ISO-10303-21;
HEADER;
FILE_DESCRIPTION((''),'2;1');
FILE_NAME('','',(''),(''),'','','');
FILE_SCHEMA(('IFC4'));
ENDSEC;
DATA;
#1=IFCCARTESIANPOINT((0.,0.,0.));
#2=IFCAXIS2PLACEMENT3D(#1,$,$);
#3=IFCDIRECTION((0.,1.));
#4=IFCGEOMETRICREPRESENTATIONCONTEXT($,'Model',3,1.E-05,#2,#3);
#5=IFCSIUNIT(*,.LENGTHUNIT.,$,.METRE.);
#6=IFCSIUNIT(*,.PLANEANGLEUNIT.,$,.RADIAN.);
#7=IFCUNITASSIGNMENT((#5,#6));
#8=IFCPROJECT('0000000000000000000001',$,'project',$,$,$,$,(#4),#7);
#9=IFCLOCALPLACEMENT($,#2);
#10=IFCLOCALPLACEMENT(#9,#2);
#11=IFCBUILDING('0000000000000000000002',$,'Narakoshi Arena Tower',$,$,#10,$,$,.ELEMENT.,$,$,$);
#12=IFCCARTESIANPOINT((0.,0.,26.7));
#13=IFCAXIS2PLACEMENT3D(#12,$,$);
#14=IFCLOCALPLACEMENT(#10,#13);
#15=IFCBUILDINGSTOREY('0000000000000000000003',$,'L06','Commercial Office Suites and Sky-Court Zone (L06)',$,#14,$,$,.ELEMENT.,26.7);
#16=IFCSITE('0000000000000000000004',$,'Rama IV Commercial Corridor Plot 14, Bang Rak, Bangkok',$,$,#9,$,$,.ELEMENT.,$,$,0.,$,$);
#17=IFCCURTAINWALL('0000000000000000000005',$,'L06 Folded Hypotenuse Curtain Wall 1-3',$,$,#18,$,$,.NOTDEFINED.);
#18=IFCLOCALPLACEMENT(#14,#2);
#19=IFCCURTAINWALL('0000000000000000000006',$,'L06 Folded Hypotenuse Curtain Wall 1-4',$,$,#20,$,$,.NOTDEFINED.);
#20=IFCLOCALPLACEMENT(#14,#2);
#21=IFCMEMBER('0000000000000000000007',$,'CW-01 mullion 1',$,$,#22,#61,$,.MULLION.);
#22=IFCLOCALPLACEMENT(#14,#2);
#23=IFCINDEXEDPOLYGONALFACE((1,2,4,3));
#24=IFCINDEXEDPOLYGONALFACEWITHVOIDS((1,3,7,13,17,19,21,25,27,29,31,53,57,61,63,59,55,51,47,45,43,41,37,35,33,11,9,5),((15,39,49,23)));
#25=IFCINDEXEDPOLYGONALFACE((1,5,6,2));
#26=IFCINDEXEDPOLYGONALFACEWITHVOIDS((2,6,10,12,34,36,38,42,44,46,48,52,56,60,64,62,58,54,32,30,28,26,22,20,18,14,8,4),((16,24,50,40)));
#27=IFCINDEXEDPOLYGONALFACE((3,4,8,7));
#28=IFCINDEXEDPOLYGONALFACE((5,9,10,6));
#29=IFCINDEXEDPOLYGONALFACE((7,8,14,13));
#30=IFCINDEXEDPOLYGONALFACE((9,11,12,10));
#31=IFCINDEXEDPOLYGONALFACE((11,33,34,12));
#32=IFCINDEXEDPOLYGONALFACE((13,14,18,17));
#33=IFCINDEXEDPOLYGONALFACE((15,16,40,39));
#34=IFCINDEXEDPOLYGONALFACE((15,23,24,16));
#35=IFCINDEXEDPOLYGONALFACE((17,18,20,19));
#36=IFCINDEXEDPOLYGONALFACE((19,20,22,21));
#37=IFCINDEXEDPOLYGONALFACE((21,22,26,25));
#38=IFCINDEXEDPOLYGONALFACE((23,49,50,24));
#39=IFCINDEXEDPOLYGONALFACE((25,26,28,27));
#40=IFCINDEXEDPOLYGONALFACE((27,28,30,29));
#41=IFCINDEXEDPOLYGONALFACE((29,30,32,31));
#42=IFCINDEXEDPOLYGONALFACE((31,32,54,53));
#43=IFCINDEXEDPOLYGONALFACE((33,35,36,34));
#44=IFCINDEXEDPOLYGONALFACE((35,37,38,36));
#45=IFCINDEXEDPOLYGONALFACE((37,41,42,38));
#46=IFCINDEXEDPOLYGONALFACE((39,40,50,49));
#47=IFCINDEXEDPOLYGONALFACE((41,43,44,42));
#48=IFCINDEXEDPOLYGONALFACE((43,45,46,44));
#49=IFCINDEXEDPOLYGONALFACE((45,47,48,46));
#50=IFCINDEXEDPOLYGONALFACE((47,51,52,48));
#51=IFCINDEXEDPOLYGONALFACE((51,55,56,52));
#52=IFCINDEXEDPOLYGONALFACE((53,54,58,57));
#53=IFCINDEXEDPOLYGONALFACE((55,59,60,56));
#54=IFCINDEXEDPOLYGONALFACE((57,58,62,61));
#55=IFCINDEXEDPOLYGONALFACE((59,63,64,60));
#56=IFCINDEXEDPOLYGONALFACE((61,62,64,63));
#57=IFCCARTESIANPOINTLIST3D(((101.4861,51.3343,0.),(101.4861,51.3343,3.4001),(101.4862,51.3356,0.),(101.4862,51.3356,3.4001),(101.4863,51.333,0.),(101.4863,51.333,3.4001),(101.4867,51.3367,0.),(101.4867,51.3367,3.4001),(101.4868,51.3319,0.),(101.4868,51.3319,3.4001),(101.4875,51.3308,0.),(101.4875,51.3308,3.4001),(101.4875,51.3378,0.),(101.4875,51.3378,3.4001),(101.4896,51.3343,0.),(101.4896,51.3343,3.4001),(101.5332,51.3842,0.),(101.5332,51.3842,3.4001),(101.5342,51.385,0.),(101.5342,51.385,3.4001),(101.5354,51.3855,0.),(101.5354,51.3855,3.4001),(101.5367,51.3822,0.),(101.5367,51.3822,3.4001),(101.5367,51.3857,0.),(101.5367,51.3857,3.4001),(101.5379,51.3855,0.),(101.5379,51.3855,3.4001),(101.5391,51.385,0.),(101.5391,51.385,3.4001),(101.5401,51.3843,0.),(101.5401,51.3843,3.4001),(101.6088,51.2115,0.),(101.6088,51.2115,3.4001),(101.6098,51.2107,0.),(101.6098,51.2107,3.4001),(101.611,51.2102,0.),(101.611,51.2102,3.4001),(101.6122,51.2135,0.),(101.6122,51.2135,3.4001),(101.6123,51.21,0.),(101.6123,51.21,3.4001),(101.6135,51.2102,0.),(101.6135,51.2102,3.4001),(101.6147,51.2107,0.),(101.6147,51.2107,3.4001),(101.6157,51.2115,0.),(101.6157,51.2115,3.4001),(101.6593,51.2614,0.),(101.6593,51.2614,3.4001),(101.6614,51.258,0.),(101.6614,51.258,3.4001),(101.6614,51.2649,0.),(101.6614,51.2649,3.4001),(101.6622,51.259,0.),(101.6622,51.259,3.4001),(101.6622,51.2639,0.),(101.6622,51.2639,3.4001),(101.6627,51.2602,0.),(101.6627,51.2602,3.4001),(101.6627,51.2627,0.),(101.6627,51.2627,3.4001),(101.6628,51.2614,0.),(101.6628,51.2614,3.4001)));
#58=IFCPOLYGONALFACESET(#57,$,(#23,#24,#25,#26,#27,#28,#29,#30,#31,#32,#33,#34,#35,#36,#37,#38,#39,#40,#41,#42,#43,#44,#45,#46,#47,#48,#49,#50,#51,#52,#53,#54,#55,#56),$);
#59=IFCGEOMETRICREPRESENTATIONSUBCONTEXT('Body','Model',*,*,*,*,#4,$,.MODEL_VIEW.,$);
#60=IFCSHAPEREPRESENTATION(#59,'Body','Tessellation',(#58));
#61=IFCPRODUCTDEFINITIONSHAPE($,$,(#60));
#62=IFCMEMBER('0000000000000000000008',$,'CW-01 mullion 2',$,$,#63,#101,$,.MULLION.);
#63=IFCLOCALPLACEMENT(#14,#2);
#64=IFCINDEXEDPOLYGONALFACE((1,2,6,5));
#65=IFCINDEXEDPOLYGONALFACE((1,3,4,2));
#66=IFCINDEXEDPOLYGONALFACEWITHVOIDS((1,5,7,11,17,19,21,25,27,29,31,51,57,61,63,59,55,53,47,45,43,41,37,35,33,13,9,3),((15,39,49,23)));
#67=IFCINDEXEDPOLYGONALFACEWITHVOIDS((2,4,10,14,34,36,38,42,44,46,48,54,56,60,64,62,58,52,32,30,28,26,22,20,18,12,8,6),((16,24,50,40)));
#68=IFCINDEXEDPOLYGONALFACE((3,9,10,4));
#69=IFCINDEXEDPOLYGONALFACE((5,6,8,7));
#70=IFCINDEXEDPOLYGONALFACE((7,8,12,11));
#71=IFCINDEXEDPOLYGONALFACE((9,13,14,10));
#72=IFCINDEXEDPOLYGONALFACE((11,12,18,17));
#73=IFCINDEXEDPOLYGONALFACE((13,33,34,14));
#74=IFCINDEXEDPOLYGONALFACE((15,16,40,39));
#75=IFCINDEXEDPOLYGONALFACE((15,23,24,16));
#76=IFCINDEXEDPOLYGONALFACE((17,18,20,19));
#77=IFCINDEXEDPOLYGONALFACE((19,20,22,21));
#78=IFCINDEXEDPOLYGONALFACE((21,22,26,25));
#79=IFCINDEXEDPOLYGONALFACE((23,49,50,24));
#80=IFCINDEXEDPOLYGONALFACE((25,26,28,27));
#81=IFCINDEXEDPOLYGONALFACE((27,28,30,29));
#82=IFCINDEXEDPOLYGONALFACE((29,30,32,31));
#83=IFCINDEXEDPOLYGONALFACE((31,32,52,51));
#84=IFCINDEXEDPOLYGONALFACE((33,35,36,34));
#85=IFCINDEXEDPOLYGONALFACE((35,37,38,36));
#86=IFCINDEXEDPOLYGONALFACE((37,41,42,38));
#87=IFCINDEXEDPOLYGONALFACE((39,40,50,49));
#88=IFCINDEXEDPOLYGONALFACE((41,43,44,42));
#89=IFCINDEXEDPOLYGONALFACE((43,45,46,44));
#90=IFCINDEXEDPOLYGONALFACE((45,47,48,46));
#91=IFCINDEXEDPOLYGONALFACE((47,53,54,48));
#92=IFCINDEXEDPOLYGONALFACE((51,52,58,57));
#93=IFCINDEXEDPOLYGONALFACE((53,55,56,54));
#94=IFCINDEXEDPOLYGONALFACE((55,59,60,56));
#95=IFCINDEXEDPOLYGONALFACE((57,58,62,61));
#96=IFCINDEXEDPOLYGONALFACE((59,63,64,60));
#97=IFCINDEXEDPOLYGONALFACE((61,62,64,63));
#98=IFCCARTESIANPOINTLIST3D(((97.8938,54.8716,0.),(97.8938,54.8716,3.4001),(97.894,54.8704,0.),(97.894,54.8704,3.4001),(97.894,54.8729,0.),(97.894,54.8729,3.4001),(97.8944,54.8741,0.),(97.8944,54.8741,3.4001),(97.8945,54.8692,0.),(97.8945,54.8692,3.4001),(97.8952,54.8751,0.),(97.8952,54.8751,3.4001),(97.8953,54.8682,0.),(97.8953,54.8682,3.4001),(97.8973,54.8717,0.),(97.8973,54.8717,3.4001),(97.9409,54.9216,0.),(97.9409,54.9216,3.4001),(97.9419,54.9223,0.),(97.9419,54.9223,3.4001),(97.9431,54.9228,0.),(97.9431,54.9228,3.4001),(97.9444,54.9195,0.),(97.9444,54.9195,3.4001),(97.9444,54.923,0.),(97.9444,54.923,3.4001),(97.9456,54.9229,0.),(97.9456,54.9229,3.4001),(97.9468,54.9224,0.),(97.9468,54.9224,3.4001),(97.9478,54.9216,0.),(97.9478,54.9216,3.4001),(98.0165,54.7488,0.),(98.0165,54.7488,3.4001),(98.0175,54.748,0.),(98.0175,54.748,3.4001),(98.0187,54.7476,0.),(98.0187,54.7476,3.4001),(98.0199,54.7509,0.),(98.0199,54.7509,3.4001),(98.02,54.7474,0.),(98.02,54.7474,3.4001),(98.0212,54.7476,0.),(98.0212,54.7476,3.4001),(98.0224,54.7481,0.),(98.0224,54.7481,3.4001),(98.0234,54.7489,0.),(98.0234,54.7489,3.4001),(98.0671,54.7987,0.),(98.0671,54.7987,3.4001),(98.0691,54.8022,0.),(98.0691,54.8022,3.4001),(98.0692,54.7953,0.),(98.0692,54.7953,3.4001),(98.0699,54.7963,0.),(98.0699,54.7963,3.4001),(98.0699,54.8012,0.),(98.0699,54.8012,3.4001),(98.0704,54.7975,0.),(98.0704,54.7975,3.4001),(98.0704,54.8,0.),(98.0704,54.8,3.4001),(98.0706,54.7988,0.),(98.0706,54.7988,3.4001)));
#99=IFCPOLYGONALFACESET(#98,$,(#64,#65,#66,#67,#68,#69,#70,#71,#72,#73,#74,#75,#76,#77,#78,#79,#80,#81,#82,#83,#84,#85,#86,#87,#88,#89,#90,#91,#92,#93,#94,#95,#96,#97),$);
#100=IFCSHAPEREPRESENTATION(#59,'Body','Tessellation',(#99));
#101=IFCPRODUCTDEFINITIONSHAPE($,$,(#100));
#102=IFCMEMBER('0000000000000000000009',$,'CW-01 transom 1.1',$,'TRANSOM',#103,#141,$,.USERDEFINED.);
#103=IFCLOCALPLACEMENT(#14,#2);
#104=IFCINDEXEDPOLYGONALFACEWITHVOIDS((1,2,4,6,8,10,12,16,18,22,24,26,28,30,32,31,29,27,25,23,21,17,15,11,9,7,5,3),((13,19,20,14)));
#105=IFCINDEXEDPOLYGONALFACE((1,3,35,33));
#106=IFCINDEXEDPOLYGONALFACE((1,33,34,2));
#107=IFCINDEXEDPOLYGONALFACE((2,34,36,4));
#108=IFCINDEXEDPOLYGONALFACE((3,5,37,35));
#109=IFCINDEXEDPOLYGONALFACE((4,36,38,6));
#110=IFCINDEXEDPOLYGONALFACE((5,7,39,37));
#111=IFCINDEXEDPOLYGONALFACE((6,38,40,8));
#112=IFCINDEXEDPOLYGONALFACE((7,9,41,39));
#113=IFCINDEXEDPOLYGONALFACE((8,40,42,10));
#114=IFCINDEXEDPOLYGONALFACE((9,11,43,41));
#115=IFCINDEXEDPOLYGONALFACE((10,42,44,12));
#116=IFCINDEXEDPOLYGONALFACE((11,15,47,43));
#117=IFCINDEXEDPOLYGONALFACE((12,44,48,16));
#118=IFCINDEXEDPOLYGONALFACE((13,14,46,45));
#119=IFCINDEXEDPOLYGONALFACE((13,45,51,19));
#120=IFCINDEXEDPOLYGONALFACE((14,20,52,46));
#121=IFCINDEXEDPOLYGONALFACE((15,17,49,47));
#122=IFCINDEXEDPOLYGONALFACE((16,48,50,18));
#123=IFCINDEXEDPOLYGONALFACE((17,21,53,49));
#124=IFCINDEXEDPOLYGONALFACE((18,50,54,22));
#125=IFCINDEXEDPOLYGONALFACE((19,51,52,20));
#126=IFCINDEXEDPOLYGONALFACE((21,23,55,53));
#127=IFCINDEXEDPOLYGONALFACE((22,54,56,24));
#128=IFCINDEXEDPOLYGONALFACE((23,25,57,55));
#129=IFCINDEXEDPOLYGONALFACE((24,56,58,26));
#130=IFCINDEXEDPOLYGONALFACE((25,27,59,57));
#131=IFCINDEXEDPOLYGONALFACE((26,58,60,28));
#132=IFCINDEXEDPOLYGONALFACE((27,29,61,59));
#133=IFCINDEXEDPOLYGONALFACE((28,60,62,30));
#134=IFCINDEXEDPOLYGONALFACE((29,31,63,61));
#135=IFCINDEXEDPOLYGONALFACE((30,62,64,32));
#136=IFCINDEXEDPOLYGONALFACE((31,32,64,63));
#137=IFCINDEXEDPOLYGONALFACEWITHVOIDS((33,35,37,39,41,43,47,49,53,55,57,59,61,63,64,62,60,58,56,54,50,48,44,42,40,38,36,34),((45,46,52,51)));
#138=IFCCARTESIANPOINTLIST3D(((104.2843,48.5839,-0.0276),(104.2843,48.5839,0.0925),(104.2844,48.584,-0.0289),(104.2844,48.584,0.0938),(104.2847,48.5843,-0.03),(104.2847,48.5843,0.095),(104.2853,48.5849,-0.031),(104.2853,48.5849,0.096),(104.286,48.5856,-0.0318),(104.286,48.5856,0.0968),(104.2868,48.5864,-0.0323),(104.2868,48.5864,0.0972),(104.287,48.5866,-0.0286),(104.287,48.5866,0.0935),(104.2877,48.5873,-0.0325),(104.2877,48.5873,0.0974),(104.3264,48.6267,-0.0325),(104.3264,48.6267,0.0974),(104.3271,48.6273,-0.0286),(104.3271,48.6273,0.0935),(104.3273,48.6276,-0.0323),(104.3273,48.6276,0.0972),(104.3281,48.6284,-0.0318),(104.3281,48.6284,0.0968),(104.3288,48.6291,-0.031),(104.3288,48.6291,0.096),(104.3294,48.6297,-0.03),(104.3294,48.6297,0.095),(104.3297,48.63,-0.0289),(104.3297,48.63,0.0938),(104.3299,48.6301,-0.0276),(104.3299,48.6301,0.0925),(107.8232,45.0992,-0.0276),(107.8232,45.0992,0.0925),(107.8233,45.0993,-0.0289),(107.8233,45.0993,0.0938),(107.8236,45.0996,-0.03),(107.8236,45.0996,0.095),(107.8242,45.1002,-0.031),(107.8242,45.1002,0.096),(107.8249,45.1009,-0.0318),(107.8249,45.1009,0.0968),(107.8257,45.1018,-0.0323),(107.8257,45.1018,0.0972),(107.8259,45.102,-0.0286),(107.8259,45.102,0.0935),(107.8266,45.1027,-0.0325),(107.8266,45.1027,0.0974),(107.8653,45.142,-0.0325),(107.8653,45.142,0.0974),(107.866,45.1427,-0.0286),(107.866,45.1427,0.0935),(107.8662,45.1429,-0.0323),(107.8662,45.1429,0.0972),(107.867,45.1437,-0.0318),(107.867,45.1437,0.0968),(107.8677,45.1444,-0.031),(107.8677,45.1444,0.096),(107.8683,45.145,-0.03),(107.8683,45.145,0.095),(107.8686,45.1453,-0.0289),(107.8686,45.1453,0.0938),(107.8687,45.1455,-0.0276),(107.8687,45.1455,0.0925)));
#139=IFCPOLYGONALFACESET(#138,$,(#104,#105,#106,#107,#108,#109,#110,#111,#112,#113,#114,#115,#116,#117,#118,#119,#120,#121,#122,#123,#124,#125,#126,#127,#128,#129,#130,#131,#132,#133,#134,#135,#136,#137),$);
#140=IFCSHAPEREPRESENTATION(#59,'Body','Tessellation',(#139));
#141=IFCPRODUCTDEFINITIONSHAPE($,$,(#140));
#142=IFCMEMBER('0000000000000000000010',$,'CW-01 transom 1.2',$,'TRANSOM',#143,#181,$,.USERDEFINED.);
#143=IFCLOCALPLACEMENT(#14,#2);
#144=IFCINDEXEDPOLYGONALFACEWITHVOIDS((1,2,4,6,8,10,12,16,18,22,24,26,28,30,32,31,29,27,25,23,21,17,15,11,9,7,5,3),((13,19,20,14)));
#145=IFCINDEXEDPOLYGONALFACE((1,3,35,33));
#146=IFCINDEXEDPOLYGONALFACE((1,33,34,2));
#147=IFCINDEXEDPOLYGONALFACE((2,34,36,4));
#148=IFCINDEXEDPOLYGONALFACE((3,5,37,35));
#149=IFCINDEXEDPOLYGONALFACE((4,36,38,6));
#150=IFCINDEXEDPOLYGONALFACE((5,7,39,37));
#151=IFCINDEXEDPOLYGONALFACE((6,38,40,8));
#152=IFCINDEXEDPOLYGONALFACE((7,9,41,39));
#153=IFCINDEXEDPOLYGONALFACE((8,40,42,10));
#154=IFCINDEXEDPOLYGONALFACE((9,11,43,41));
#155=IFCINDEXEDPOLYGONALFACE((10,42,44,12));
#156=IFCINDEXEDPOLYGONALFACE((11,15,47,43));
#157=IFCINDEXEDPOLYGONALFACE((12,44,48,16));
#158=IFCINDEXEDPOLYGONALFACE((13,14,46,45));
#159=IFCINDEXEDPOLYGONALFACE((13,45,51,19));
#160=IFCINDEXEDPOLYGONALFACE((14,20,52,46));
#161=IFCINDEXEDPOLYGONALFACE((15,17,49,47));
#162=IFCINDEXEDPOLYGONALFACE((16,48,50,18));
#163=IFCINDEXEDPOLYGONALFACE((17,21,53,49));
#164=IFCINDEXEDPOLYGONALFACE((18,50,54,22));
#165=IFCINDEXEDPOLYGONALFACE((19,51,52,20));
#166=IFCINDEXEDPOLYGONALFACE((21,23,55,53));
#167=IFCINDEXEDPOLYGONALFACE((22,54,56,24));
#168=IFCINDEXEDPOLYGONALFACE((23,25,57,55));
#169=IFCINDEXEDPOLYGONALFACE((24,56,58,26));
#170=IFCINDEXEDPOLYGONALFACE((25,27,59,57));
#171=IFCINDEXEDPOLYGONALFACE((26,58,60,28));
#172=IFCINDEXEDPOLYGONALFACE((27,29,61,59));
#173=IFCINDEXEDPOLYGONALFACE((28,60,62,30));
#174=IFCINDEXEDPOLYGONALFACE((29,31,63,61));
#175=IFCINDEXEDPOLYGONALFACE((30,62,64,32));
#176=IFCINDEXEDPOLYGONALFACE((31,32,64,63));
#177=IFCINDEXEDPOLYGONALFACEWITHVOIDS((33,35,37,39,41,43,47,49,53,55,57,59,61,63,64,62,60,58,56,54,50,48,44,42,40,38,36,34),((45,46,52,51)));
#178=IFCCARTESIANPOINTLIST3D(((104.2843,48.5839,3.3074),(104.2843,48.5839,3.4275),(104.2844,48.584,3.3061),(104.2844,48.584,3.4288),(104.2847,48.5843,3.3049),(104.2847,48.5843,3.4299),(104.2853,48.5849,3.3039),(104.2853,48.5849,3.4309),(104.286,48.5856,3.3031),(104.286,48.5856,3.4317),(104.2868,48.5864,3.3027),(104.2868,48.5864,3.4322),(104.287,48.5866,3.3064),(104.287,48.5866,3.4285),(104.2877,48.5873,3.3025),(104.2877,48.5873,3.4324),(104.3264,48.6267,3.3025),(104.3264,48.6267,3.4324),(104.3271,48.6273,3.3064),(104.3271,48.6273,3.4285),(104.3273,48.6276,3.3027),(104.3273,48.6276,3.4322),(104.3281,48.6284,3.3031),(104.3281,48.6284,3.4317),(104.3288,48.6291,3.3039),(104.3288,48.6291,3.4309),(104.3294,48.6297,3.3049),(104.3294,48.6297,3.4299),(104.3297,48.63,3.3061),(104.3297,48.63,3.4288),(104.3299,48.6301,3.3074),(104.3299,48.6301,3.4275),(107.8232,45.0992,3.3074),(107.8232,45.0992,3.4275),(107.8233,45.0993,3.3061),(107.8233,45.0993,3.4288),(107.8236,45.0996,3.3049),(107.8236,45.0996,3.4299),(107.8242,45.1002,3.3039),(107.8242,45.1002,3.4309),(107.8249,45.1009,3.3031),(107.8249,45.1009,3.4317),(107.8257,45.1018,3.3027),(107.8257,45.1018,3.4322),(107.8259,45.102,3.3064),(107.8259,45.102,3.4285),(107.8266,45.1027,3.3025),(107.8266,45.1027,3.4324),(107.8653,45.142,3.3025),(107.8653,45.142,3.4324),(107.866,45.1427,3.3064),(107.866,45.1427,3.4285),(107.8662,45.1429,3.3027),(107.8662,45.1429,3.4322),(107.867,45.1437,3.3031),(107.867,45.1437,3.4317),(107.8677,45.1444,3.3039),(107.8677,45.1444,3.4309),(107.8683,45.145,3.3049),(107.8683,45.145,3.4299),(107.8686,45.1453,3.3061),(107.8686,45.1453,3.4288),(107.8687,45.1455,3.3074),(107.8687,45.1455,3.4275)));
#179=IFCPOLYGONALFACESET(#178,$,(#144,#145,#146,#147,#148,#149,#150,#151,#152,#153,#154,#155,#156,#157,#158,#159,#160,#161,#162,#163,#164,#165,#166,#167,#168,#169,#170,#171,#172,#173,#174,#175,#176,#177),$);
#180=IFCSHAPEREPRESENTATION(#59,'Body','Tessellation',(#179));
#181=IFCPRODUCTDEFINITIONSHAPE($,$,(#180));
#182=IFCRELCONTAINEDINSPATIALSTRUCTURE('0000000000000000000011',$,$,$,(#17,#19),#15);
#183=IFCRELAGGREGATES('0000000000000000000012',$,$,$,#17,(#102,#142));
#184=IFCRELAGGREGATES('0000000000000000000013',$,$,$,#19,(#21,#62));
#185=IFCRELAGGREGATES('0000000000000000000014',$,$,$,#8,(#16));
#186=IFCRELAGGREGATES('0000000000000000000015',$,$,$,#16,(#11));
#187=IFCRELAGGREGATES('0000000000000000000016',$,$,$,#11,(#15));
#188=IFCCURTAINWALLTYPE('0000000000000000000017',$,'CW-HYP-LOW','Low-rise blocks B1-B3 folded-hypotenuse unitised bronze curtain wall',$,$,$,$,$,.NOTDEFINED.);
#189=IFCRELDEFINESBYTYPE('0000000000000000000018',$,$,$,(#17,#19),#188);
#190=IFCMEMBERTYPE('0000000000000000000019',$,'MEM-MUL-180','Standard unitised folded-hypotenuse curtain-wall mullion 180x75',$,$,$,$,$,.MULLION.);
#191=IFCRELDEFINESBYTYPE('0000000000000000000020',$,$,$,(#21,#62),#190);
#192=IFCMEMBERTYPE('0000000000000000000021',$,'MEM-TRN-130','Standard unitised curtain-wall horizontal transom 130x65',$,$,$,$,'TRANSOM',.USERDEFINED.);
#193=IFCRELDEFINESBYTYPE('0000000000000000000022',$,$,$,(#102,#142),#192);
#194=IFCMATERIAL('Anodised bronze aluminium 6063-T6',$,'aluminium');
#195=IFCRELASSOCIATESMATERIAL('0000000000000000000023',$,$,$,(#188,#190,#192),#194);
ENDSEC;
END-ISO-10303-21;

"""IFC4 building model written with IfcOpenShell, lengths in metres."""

from ifc_helpers import new_model, si_unit, direction, frame, origin, origin_2d, place, context, subcontext, project, spatial, hollow_rectangle, extrude, material, material_profile, profile_set, type_object, element, aggregate, save


model = new_model("IFC4")

# Units and contexts
model_context = context("Model", 3, precision=1e-05, world=origin(), true_north=direction((0.0, 1.0)))
body_context = subcontext(model_context, "Body", "Model", "MODEL_VIEW")
ifc_project = project(units=[si_unit("LENGTHUNIT", "METRE"), si_unit("PLANEANGLEUNIT", "RADIAN")], contexts=[model_context])

# Site, building, storey
site_placement = place(None, origin())
site = spatial("IfcSite", under=ifc_project, at=site_placement, Name="Rama IV Commercial Corridor Plot 14, Bang Rak, Bangkok", CompositionType="ELEMENT", RefElevation=0.0)
building_placement = place(site_placement, origin())
building = spatial("IfcBuilding", under=site, at=building_placement, Name="Narakoshi Arena Tower", CompositionType="ELEMENT")
storey_placement = place(building_placement, frame((0.0, 0.0, 26.7)))
storey = spatial("IfcBuildingStorey", under=building, at=storey_placement, Name="L06", Description="Commercial Office Suites and Sky-Court Zone (L06)", CompositionType="ELEMENT", Elevation=26.7)

# Curtain walls, members
ifc_material_1 = material(Name="Anodised bronze aluminium 6063-T6", Category="aluminium")
curtain_wall_type = type_object("IfcCurtainWallType", Name="CW-HYP-LOW", Description="Low-rise blocks B1-B3 folded-hypotenuse unitised bronze curtain wall", PredefinedType="NOTDEFINED", material=ifc_material_1)
curtain_wall_1_placement = place(storey_placement, origin())
curtain_wall_1 = element("IfcCurtainWall", 1, at=curtain_wall_1_placement, inside=storey, type_object=curtain_wall_type, Name="L06 Folded Hypotenuse Curtain Wall 1-3", PredefinedType="NOTDEFINED")
ifc_material_profile_1 = material_profile(ifc_material_1, hollow_rectangle(XDim=0.075, YDim=0.1799, WallThickness=0.0039, OuterFilletRadius=0.0049, at=origin_2d()), Name="MUL180x75x4")
ifc_profile_set_1 = profile_set([ifc_material_profile_1], Name="Anodised bronze aluminium 6063-T6")
member_type_1 = type_object("IfcMemberType", Name="MEM-MUL-180", Description="Standard unitised folded-hypotenuse curtain-wall mullion 180x75", PredefinedType="MULLION", material=ifc_profile_set_1)
curtain_wall_2_placement = place(storey_placement, origin())
curtain_wall_2 = element("IfcCurtainWall", 2, at=curtain_wall_2_placement, inside=storey, type_object=curtain_wall_type, Name="L06 Folded Hypotenuse Curtain Wall 1-4", PredefinedType="NOTDEFINED")
member_1_placement = place(storey_placement, frame((101.5745, 51.2979, 0.0), z_axis=(0.0, 0.0, 1.0), x_axis=(-0.701633, -0.712539, 0.0)))
member_1 = element("IfcMember", 3, at=member_1_placement, type_object=member_type_1, Name="CW-01 mullion 1", PredefinedType="MULLION", context=body_context, shape_type="SweptSolid", body=[
    extrude(hollow_rectangle(XDim=0.075, YDim=0.1799, WallThickness=0.0039, OuterFilletRadius=0.0049, at=origin_2d()), origin(), (0.0, 0.0, 1.0), 3.4001),
])
member_2_placement = place(storey_placement, frame((97.9822, 54.8352, 0.0), z_axis=(0.0, 0.0, 1.0), x_axis=(-0.701633, -0.712539, 0.0)))
member_2 = element("IfcMember", 4, at=member_2_placement, type_object=member_type_1, Name="CW-01 mullion 2", PredefinedType="MULLION", context=body_context, shape_type="SweptSolid", body=[
    extrude(hollow_rectangle(XDim=0.075, YDim=0.1799, WallThickness=0.0039, OuterFilletRadius=0.0049, at=origin_2d()), origin(), (0.0, 0.0, 1.0), 3.4001),
])

# Members
ifc_material_profile_2 = material_profile(ifc_material_1, hollow_rectangle(XDim=0.0649, YDim=0.1299, WallThickness=0.0039, OuterFilletRadius=0.0049, at=origin_2d()), Name="TRN130x65x4")
ifc_profile_set_2 = profile_set([ifc_material_profile_2], Name="Anodised bronze aluminium 6063-T6")
member_type_2 = type_object("IfcMemberType", Name="MEM-TRN-130", Description="Standard unitised curtain-wall horizontal transom 130x65", ElementType="TRANSOM", PredefinedType="USERDEFINED", material=ifc_profile_set_2)
member_3_placement = place(storey_placement, frame((107.8459, 45.1223, 0.0325), z_axis=(-0.712542, 0.701629, 0.0), x_axis=(-0.701629, -0.712542, 0.0)))
member_3 = element("IfcMember", 5, at=member_3_placement, type_object=member_type_2, Name="CW-01 transom 1.1", ObjectType="TRANSOM", PredefinedType="USERDEFINED", context=body_context, shape_type="SweptSolid", body=[
    extrude(hollow_rectangle(XDim=0.0649, YDim=0.1299, WallThickness=0.0039, OuterFilletRadius=0.0049, at=origin_2d()), origin(), (0.0, 0.0, 1.0), 4.9666),
])
member_4_placement = place(storey_placement, frame((107.8459, 45.1223, 3.3674), z_axis=(-0.712542, 0.701629, 0.0), x_axis=(-0.701629, -0.712542, 0.0)))
member_4 = element("IfcMember", 6, at=member_4_placement, type_object=member_type_2, Name="CW-01 transom 1.2", ObjectType="TRANSOM", PredefinedType="USERDEFINED", context=body_context, shape_type="SweptSolid", body=[
    extrude(hollow_rectangle(XDim=0.0649, YDim=0.1299, WallThickness=0.0039, OuterFilletRadius=0.0049, at=origin_2d()), origin(), (0.0, 0.0, 1.0), 4.9666),
])

aggregate(curtain_wall_1, [member_3, member_4])
aggregate(curtain_wall_2, [member_1, member_2])

save(model, "model.ifc")
